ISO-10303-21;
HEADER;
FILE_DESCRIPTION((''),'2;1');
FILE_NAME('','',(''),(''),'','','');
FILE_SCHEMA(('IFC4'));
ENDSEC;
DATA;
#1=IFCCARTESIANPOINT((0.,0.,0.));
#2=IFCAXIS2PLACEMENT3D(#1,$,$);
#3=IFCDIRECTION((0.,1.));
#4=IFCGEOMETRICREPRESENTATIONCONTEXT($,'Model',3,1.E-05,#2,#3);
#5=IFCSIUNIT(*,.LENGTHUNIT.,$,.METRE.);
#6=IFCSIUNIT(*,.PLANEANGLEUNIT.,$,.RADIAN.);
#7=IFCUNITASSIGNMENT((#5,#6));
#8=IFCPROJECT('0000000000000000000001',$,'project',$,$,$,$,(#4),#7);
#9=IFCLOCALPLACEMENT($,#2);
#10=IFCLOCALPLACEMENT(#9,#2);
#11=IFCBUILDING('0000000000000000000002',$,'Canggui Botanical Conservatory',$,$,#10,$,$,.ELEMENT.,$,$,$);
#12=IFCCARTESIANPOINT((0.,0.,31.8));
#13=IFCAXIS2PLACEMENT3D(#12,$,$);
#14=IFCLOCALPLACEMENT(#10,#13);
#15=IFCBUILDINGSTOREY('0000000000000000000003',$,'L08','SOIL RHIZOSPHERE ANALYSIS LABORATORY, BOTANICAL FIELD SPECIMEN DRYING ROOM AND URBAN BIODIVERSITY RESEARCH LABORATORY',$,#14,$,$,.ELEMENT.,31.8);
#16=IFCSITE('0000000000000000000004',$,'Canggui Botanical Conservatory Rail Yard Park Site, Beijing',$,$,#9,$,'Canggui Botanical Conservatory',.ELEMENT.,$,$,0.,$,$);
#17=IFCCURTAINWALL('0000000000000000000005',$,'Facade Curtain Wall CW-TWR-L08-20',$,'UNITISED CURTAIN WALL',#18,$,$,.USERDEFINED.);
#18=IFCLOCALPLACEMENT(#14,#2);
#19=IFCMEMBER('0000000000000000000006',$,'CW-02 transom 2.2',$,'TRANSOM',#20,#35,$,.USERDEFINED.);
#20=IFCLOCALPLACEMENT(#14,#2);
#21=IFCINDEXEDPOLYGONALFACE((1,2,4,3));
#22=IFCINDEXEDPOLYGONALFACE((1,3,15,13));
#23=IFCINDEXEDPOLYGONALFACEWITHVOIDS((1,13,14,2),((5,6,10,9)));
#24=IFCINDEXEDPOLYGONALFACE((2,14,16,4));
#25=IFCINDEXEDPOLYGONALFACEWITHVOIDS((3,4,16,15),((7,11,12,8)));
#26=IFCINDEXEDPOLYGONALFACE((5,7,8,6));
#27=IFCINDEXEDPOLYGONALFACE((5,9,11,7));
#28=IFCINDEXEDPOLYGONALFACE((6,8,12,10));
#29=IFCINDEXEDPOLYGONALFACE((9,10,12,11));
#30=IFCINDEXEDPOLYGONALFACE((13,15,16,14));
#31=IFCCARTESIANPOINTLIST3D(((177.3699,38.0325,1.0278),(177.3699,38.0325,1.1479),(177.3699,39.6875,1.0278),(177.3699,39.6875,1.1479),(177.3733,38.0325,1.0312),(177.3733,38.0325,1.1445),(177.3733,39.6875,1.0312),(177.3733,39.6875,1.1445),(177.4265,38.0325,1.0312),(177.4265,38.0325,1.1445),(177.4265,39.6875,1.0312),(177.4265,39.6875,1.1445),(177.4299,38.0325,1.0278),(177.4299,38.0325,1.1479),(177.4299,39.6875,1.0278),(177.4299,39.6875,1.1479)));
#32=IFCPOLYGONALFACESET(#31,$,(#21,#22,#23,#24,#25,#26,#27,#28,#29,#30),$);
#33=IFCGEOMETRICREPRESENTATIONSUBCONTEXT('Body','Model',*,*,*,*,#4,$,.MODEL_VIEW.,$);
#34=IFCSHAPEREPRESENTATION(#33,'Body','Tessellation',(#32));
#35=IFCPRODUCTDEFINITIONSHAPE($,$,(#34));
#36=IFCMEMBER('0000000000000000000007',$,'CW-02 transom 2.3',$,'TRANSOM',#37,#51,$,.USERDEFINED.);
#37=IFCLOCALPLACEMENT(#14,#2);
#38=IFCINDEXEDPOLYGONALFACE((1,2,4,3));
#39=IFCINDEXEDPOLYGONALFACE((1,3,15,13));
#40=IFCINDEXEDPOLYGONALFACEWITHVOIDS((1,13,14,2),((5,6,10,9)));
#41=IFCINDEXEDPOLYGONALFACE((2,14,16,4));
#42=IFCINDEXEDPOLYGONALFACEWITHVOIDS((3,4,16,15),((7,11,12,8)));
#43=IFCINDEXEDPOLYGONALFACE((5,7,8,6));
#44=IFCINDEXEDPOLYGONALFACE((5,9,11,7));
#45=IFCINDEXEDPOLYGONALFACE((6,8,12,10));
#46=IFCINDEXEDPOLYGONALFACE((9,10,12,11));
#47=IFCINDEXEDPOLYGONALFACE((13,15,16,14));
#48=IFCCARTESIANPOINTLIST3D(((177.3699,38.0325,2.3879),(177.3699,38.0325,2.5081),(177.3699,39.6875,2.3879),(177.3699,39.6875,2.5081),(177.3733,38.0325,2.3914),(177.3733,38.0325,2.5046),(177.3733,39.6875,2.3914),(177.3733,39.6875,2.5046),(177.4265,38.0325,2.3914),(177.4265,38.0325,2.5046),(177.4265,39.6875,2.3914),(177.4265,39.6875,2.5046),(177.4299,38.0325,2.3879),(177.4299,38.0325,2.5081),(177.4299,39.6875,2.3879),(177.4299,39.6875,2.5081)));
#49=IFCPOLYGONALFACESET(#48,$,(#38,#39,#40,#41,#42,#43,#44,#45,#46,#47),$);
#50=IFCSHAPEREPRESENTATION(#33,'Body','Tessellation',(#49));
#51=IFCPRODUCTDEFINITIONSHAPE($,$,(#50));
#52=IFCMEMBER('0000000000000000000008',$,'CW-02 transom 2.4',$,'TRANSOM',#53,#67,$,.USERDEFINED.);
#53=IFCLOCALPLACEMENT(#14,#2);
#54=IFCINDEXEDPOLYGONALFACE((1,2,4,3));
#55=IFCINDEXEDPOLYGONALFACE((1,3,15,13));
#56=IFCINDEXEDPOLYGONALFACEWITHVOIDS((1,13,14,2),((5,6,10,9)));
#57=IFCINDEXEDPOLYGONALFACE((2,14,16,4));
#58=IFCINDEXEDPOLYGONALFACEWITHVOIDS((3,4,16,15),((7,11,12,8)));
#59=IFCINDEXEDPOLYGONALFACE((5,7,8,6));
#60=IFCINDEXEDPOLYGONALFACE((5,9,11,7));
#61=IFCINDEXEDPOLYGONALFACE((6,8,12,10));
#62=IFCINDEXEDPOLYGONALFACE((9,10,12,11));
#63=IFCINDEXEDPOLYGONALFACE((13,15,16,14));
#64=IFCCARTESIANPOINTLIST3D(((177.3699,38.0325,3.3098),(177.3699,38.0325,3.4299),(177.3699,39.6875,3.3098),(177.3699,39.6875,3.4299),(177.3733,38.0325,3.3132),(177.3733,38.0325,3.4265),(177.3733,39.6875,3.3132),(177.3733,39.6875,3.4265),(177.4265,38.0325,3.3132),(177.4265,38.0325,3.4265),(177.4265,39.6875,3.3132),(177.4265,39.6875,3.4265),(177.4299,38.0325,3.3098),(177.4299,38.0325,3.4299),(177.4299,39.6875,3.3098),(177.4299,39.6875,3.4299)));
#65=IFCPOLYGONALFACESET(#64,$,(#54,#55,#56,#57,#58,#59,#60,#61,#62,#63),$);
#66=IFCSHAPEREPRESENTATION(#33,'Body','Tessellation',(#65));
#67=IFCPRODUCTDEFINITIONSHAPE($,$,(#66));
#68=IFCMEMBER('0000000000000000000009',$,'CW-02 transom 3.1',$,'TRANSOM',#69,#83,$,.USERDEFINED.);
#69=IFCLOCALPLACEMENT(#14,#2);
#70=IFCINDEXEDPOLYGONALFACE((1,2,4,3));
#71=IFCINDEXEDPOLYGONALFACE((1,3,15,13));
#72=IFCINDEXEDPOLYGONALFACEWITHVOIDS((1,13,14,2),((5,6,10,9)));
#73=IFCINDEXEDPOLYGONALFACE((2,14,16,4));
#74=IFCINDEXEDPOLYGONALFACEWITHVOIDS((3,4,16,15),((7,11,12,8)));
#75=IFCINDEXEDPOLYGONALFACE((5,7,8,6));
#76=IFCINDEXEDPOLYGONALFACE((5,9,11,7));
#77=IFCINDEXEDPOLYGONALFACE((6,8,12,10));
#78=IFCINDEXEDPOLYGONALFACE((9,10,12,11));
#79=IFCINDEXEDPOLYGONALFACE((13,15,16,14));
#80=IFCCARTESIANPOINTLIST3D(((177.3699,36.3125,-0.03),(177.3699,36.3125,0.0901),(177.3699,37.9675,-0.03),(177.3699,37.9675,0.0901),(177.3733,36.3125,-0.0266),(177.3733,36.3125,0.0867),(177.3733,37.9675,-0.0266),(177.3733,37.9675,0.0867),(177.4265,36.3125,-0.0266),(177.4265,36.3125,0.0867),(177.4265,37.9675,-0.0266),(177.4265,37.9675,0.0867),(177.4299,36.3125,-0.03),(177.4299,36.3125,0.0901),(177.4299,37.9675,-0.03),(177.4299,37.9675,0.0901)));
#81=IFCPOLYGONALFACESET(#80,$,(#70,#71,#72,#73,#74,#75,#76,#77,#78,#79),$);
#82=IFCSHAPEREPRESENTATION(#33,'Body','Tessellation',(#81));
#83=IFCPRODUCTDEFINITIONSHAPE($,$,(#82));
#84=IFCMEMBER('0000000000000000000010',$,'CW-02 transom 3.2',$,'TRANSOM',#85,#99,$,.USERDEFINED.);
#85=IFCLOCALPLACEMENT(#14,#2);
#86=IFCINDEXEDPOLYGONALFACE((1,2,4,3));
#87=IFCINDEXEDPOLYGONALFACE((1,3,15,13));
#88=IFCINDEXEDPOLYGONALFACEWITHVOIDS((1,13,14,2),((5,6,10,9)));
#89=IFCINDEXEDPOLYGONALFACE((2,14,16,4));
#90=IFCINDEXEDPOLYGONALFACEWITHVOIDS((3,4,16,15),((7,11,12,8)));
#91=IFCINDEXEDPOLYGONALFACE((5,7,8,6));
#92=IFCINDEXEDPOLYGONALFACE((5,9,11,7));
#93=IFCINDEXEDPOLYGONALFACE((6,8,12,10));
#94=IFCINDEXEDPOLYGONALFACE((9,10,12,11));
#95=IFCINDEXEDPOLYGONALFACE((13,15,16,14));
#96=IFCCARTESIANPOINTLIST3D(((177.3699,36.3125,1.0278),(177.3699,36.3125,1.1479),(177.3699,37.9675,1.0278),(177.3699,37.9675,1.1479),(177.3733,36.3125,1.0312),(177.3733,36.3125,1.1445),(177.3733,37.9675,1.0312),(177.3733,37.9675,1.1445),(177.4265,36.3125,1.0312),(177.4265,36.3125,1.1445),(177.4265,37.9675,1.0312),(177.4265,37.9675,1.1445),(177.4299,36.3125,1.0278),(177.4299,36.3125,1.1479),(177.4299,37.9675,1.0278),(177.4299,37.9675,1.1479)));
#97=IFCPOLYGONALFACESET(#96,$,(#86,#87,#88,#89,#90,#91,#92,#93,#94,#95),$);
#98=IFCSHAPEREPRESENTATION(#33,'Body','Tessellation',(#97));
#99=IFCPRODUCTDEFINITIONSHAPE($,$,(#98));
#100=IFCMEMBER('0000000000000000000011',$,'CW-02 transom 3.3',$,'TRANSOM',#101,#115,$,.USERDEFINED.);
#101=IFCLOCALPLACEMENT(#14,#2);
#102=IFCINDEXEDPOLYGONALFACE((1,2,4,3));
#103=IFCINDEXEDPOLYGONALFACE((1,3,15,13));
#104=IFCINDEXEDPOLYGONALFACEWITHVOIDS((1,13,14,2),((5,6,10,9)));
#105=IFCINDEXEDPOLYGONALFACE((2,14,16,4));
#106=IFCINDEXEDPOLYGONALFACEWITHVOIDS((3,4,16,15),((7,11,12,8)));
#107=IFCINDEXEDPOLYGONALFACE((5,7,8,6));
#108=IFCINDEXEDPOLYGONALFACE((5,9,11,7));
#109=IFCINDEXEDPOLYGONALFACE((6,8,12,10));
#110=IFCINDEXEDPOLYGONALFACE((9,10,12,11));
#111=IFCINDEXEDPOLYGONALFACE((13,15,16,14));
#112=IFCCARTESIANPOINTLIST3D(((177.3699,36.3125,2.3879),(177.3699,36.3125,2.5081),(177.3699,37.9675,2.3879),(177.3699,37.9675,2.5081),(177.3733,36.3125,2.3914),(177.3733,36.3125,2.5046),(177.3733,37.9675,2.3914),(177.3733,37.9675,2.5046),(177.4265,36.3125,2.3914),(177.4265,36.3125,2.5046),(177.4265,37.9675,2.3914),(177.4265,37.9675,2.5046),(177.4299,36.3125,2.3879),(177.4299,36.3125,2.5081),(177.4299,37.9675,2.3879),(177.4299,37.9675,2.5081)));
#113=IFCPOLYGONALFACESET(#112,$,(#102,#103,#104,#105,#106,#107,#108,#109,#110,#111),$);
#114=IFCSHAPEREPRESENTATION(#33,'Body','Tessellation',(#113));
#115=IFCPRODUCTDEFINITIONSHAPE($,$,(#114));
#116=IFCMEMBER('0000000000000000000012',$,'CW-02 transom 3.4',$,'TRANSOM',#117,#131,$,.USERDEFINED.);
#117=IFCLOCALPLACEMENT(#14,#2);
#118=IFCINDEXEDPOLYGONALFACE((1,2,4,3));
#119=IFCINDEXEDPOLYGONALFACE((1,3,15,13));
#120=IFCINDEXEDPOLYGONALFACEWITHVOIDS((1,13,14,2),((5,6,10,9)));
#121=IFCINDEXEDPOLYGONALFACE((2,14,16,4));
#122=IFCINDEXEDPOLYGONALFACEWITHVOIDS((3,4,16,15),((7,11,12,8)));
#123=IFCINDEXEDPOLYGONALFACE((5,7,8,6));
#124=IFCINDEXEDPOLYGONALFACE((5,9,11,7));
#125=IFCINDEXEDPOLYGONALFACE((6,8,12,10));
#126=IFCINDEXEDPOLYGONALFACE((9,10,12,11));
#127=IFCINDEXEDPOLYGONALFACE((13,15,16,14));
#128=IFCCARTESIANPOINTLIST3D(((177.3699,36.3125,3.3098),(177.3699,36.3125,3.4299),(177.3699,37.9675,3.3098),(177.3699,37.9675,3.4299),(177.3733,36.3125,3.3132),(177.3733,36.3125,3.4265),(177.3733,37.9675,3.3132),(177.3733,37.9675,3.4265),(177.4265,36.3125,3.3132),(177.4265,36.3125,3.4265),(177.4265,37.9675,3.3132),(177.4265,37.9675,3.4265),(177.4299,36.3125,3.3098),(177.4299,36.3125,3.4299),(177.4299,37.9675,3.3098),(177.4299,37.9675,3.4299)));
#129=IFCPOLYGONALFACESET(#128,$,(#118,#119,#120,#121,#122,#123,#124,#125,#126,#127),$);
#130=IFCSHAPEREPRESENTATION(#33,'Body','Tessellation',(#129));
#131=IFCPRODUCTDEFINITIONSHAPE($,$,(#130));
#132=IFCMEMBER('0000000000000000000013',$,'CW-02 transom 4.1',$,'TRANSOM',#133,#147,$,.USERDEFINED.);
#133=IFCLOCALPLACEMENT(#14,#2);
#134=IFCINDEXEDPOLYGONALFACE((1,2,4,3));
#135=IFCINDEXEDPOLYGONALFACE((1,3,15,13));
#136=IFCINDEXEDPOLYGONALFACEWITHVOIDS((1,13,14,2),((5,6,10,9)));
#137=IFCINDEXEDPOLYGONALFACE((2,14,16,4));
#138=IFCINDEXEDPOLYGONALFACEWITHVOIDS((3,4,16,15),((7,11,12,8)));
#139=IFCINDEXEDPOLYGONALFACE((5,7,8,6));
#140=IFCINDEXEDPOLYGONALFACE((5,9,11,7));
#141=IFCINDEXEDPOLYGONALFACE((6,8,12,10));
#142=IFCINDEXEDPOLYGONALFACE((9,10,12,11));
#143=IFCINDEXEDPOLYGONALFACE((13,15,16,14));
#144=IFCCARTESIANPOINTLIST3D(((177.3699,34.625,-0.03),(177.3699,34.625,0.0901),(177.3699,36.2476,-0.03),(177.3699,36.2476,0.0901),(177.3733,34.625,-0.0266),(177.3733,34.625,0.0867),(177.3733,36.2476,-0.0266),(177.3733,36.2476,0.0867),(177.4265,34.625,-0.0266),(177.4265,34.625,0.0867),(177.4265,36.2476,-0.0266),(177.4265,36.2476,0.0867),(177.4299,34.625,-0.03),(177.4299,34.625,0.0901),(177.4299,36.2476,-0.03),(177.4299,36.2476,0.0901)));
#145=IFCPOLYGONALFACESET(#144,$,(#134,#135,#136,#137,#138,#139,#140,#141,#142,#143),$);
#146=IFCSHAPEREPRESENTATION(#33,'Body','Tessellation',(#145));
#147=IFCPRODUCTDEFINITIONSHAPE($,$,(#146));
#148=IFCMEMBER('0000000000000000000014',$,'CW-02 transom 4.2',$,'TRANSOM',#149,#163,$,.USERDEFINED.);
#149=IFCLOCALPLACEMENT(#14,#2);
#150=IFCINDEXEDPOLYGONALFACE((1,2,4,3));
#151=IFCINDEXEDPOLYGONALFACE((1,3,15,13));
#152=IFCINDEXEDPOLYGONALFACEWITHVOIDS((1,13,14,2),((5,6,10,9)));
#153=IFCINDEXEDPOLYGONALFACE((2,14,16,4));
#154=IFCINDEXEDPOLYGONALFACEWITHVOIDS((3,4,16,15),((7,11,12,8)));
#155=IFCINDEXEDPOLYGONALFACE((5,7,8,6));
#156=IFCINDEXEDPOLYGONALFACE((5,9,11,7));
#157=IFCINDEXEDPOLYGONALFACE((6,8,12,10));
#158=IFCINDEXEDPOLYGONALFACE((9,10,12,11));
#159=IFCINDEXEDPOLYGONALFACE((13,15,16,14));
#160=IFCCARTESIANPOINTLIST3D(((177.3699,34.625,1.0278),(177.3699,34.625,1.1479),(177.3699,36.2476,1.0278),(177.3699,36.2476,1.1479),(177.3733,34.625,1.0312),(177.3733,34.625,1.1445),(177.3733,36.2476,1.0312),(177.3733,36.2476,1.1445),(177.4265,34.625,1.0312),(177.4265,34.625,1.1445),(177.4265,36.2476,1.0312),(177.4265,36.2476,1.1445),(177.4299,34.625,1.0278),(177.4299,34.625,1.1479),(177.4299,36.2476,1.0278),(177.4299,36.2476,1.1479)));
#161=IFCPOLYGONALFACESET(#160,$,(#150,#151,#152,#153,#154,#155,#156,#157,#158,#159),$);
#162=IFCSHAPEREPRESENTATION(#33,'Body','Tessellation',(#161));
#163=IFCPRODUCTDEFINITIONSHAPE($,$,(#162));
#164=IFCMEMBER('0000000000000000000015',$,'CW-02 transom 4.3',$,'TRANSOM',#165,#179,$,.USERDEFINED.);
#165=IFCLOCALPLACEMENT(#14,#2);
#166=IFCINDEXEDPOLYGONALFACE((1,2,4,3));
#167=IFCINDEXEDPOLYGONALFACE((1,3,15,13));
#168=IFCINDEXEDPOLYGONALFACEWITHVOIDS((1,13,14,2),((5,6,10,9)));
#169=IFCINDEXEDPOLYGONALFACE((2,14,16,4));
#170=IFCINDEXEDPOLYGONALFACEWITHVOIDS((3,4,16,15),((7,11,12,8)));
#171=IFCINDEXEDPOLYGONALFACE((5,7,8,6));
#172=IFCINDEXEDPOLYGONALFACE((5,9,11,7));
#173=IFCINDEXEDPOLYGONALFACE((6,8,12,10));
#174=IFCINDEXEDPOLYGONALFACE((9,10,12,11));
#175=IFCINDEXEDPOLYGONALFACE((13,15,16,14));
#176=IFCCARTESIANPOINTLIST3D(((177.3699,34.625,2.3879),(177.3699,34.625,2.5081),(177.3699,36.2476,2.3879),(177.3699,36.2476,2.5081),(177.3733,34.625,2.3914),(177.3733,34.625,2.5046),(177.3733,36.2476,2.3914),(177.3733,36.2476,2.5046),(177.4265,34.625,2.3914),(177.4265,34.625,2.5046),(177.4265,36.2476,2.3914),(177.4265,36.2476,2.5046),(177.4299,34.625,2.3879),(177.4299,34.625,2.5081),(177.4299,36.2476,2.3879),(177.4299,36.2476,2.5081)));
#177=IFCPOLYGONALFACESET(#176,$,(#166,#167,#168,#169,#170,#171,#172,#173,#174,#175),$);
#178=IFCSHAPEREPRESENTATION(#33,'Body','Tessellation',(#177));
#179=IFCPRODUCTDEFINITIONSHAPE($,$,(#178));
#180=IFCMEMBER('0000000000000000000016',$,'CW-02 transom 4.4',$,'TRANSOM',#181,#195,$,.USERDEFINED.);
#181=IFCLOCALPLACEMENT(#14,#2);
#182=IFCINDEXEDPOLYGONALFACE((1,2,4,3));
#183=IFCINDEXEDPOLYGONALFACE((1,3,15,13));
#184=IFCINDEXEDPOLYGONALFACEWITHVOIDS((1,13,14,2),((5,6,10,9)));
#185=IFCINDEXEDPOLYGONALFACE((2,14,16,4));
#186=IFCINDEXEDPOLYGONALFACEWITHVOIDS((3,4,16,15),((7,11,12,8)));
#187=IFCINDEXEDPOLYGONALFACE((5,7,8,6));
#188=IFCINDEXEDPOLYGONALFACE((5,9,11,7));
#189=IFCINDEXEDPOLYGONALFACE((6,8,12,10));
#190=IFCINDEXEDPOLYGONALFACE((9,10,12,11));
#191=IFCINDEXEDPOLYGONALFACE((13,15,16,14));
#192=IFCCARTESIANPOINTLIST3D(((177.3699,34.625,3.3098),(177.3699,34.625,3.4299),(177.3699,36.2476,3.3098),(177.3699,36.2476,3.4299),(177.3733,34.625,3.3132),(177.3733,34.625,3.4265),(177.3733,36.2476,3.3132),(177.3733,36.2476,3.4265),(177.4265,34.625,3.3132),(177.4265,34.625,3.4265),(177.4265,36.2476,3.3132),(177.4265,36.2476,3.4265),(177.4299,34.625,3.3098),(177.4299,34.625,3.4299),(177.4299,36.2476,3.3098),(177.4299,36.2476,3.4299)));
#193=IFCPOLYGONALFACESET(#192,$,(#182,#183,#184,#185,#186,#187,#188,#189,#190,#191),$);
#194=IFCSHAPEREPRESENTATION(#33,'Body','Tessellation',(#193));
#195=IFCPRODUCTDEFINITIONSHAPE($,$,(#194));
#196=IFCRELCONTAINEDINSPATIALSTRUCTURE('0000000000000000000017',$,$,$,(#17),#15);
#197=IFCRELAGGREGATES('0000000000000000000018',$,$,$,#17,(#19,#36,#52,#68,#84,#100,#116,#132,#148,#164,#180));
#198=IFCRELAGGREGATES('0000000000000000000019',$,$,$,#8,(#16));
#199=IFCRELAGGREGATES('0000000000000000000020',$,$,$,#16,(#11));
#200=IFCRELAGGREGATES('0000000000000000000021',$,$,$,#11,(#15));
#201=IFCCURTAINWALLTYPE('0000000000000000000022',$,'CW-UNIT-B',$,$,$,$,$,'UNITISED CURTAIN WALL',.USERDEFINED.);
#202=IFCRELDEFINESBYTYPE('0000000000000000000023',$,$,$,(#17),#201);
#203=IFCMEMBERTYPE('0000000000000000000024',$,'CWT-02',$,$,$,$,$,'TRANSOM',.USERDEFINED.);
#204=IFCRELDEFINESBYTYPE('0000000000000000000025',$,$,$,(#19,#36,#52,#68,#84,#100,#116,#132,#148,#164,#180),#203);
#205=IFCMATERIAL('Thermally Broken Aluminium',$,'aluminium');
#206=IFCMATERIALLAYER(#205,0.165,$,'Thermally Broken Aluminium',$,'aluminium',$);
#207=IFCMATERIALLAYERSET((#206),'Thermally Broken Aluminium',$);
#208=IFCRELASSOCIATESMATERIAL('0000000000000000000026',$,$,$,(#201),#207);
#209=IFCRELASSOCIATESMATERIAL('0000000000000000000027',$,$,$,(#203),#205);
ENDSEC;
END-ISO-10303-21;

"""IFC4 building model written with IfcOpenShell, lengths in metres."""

from ifc_helpers import new_model, si_unit, direction, frame, origin, origin_2d, place, context, subcontext, project, spatial, hollow_rectangle, extrude, material, layer, layer_set, material_profile, profile_set, type_object, element, aggregate, save


model = new_model("IFC4")

# Units and contexts
model_context = context("Model", 3, precision=1e-05, world=origin(), true_north=direction((0.0, 1.0)))
body_context = subcontext(model_context, "Body", "Model", "MODEL_VIEW")
ifc_project = project(units=[si_unit("LENGTHUNIT", "METRE"), si_unit("PLANEANGLEUNIT", "RADIAN")], contexts=[model_context])

# Site, building, storey
site_placement = place(None, origin())
site = spatial("IfcSite", under=ifc_project, at=site_placement, Name="Canggui Botanical Conservatory Rail Yard Park Site, Beijing", LongName="Canggui Botanical Conservatory", CompositionType="ELEMENT", RefElevation=0.0)
building_placement = place(site_placement, origin())
building = spatial("IfcBuilding", under=site, at=building_placement, Name="Canggui Botanical Conservatory", CompositionType="ELEMENT")
storey_placement = place(building_placement, frame((0.0, 0.0, 31.8)))
storey = spatial("IfcBuildingStorey", under=building, at=storey_placement, Name="L08", Description="SOIL RHIZOSPHERE ANALYSIS LABORATORY, BOTANICAL FIELD SPECIMEN DRYING ROOM AND URBAN BIODIVERSITY RESEARCH LABORATORY", CompositionType="ELEMENT", Elevation=31.8)

# Curtain wall, members
ifc_material_1 = material(Name="Thermally Broken Aluminium", Category="aluminium")
ifc_layer_1 = layer(ifc_material_1, 0.165, Name="Thermally Broken Aluminium", Category="aluminium")
ifc_layer_set_1 = layer_set([ifc_layer_1], Name="Thermally Broken Aluminium")
curtain_wall_type = type_object("IfcCurtainWallType", Name="CW-UNIT-B", ElementType="UNITISED CURTAIN WALL", PredefinedType="USERDEFINED", material=ifc_layer_set_1)
curtain_wall_placement = place(storey_placement, origin())
curtain_wall = element("IfcCurtainWall", 1, at=curtain_wall_placement, inside=storey, type_object=curtain_wall_type, Name="Facade Curtain Wall CW-TWR-L08-20", ObjectType="UNITISED CURTAIN WALL", PredefinedType="USERDEFINED")
ifc_material_profile_1 = material_profile(ifc_material_1, hollow_rectangle(XDim=0.0601, YDim=0.1201, WallThickness=0.0034, at=origin_2d()), Name="CWT 60x120x3.5")
ifc_profile_set_1 = profile_set([ifc_material_profile_1], Name="Thermally Broken Aluminium")
member_type_1 = type_object("IfcMemberType", Name="CWT-02", ElementType="TRANSOM", PredefinedType="USERDEFINED", material=ifc_profile_set_1)
member_1_placement = place(storey_placement, frame((177.3999, 39.6875, 1.0879), z_axis=(0.0, -1.0, 0.0), x_axis=(1.0, 0.0, 0.0)))
member_1 = element("IfcMember", 2, at=member_1_placement, type_object=member_type_1, Name="CW-02 transom 2.2", ObjectType="TRANSOM", PredefinedType="USERDEFINED", context=body_context, shape_type="SweptSolid", body=[
    extrude(hollow_rectangle(XDim=0.0601, YDim=0.1201, WallThickness=0.0034, at=origin_2d()), origin(), (0.0, 0.0, 1.0), 1.655),
])
member_2_placement = place(storey_placement, frame((177.3999, 39.6875, 2.448), z_axis=(0.0, -1.0, 0.0), x_axis=(1.0, 0.0, 0.0)))
member_2 = element("IfcMember", 3, at=member_2_placement, type_object=member_type_1, Name="CW-02 transom 2.3", ObjectType="TRANSOM", PredefinedType="USERDEFINED", context=body_context, shape_type="SweptSolid", body=[
    extrude(hollow_rectangle(XDim=0.0601, YDim=0.1201, WallThickness=0.0034, at=origin_2d()), origin(), (0.0, 0.0, 1.0), 1.655),
])
member_3_placement = place(storey_placement, frame((177.3999, 39.6875, 3.3699), z_axis=(0.0, -1.0, 0.0), x_axis=(1.0, 0.0, 0.0)))
member_3 = element("IfcMember", 4, at=member_3_placement, type_object=member_type_1, Name="CW-02 transom 2.4", ObjectType="TRANSOM", PredefinedType="USERDEFINED", context=body_context, shape_type="SweptSolid", body=[
    extrude(hollow_rectangle(XDim=0.0601, YDim=0.1201, WallThickness=0.0034, at=origin_2d()), origin(), (0.0, 0.0, 1.0), 1.655),
])
member_4_placement = place(storey_placement, frame((177.3999, 37.9675, 0.03), z_axis=(0.0, -1.0, 0.0), x_axis=(1.0, 0.0, 0.0)))
member_4 = element("IfcMember", 5, at=member_4_placement, type_object=member_type_1, Name="CW-02 transom 3.1", ObjectType="TRANSOM", PredefinedType="USERDEFINED", context=body_context, shape_type="SweptSolid", body=[
    extrude(hollow_rectangle(XDim=0.0601, YDim=0.1201, WallThickness=0.0034, at=origin_2d()), origin(), (0.0, 0.0, 1.0), 1.655),
])
member_5_placement = place(storey_placement, frame((177.3999, 37.9675, 1.0879), z_axis=(0.0, -1.0, 0.0), x_axis=(1.0, 0.0, 0.0)))
member_5 = element("IfcMember", 6, at=member_5_placement, type_object=member_type_1, Name="CW-02 transom 3.2", ObjectType="TRANSOM", PredefinedType="USERDEFINED", context=body_context, shape_type="SweptSolid", body=[
    extrude(hollow_rectangle(XDim=0.0601, YDim=0.1201, WallThickness=0.0034, at=origin_2d()), origin(), (0.0, 0.0, 1.0), 1.655),
])
member_6_placement = place(storey_placement, frame((177.3999, 37.9675, 2.448), z_axis=(0.0, -1.0, 0.0), x_axis=(1.0, 0.0, 0.0)))
member_6 = element("IfcMember", 7, at=member_6_placement, type_object=member_type_1, Name="CW-02 transom 3.3", ObjectType="TRANSOM", PredefinedType="USERDEFINED", context=body_context, shape_type="SweptSolid", body=[
    extrude(hollow_rectangle(XDim=0.0601, YDim=0.1201, WallThickness=0.0034, at=origin_2d()), origin(), (0.0, 0.0, 1.0), 1.655),
])
member_7_placement = place(storey_placement, frame((177.3999, 37.9675, 3.3699), z_axis=(0.0, -1.0, 0.0), x_axis=(1.0, 0.0, 0.0)))
member_7 = element("IfcMember", 8, at=member_7_placement, type_object=member_type_1, Name="CW-02 transom 3.4", ObjectType="TRANSOM", PredefinedType="USERDEFINED", context=body_context, shape_type="SweptSolid", body=[
    extrude(hollow_rectangle(XDim=0.0601, YDim=0.1201, WallThickness=0.0034, at=origin_2d()), origin(), (0.0, 0.0, 1.0), 1.655),
])
member_8_placement = place(storey_placement, frame((177.3999, 36.2476, 0.03), z_axis=(0.0, -1.0, 0.0), x_axis=(1.0, 0.0, 0.0)))
member_8 = element("IfcMember", 9, at=member_8_placement, type_object=member_type_1, Name="CW-02 transom 4.1", ObjectType="TRANSOM", PredefinedType="USERDEFINED", context=body_context, shape_type="SweptSolid", body=[
    extrude(hollow_rectangle(XDim=0.0601, YDim=0.1201, WallThickness=0.0034, at=origin_2d()), origin(), (0.0, 0.0, 1.0), 1.6226),
])
member_9_placement = place(storey_placement, frame((177.3999, 36.2476, 1.0879), z_axis=(0.0, -1.0, 0.0), x_axis=(1.0, 0.0, 0.0)))
member_9 = element("IfcMember", 10, at=member_9_placement, type_object=member_type_1, Name="CW-02 transom 4.2", ObjectType="TRANSOM", PredefinedType="USERDEFINED", context=body_context, shape_type="SweptSolid", body=[
    extrude(hollow_rectangle(XDim=0.0601, YDim=0.1201, WallThickness=0.0034, at=origin_2d()), origin(), (0.0, 0.0, 1.0), 1.6226),
])
member_10_placement = place(storey_placement, frame((177.3999, 36.2476, 2.448), z_axis=(0.0, -1.0, 0.0), x_axis=(1.0, 0.0, 0.0)))
member_10 = element("IfcMember", 11, at=member_10_placement, type_object=member_type_1, Name="CW-02 transom 4.3", ObjectType="TRANSOM", PredefinedType="USERDEFINED", context=body_context, shape_type="SweptSolid", body=[
    extrude(hollow_rectangle(XDim=0.0601, YDim=0.1201, WallThickness=0.0034, at=origin_2d()), origin(), (0.0, 0.0, 1.0), 1.6226),
])
member_11_placement = place(storey_placement, frame((177.3999, 36.2476, 3.3699), z_axis=(0.0, -1.0, 0.0), x_axis=(1.0, 0.0, 0.0)))
member_11 = element("IfcMember", 12, at=member_11_placement, type_object=member_type_1, Name="CW-02 transom 4.4", ObjectType="TRANSOM", PredefinedType="USERDEFINED", context=body_context, shape_type="SweptSolid", body=[
    extrude(hollow_rectangle(XDim=0.0601, YDim=0.1201, WallThickness=0.0034, at=origin_2d()), origin(), (0.0, 0.0, 1.0), 1.6226),
])
aggregate(curtain_wall, [member_1, member_2, member_3, member_4, member_5, member_6, member_7, member_8, member_9, member_10, member_11])

save(model, "model.ifc")
